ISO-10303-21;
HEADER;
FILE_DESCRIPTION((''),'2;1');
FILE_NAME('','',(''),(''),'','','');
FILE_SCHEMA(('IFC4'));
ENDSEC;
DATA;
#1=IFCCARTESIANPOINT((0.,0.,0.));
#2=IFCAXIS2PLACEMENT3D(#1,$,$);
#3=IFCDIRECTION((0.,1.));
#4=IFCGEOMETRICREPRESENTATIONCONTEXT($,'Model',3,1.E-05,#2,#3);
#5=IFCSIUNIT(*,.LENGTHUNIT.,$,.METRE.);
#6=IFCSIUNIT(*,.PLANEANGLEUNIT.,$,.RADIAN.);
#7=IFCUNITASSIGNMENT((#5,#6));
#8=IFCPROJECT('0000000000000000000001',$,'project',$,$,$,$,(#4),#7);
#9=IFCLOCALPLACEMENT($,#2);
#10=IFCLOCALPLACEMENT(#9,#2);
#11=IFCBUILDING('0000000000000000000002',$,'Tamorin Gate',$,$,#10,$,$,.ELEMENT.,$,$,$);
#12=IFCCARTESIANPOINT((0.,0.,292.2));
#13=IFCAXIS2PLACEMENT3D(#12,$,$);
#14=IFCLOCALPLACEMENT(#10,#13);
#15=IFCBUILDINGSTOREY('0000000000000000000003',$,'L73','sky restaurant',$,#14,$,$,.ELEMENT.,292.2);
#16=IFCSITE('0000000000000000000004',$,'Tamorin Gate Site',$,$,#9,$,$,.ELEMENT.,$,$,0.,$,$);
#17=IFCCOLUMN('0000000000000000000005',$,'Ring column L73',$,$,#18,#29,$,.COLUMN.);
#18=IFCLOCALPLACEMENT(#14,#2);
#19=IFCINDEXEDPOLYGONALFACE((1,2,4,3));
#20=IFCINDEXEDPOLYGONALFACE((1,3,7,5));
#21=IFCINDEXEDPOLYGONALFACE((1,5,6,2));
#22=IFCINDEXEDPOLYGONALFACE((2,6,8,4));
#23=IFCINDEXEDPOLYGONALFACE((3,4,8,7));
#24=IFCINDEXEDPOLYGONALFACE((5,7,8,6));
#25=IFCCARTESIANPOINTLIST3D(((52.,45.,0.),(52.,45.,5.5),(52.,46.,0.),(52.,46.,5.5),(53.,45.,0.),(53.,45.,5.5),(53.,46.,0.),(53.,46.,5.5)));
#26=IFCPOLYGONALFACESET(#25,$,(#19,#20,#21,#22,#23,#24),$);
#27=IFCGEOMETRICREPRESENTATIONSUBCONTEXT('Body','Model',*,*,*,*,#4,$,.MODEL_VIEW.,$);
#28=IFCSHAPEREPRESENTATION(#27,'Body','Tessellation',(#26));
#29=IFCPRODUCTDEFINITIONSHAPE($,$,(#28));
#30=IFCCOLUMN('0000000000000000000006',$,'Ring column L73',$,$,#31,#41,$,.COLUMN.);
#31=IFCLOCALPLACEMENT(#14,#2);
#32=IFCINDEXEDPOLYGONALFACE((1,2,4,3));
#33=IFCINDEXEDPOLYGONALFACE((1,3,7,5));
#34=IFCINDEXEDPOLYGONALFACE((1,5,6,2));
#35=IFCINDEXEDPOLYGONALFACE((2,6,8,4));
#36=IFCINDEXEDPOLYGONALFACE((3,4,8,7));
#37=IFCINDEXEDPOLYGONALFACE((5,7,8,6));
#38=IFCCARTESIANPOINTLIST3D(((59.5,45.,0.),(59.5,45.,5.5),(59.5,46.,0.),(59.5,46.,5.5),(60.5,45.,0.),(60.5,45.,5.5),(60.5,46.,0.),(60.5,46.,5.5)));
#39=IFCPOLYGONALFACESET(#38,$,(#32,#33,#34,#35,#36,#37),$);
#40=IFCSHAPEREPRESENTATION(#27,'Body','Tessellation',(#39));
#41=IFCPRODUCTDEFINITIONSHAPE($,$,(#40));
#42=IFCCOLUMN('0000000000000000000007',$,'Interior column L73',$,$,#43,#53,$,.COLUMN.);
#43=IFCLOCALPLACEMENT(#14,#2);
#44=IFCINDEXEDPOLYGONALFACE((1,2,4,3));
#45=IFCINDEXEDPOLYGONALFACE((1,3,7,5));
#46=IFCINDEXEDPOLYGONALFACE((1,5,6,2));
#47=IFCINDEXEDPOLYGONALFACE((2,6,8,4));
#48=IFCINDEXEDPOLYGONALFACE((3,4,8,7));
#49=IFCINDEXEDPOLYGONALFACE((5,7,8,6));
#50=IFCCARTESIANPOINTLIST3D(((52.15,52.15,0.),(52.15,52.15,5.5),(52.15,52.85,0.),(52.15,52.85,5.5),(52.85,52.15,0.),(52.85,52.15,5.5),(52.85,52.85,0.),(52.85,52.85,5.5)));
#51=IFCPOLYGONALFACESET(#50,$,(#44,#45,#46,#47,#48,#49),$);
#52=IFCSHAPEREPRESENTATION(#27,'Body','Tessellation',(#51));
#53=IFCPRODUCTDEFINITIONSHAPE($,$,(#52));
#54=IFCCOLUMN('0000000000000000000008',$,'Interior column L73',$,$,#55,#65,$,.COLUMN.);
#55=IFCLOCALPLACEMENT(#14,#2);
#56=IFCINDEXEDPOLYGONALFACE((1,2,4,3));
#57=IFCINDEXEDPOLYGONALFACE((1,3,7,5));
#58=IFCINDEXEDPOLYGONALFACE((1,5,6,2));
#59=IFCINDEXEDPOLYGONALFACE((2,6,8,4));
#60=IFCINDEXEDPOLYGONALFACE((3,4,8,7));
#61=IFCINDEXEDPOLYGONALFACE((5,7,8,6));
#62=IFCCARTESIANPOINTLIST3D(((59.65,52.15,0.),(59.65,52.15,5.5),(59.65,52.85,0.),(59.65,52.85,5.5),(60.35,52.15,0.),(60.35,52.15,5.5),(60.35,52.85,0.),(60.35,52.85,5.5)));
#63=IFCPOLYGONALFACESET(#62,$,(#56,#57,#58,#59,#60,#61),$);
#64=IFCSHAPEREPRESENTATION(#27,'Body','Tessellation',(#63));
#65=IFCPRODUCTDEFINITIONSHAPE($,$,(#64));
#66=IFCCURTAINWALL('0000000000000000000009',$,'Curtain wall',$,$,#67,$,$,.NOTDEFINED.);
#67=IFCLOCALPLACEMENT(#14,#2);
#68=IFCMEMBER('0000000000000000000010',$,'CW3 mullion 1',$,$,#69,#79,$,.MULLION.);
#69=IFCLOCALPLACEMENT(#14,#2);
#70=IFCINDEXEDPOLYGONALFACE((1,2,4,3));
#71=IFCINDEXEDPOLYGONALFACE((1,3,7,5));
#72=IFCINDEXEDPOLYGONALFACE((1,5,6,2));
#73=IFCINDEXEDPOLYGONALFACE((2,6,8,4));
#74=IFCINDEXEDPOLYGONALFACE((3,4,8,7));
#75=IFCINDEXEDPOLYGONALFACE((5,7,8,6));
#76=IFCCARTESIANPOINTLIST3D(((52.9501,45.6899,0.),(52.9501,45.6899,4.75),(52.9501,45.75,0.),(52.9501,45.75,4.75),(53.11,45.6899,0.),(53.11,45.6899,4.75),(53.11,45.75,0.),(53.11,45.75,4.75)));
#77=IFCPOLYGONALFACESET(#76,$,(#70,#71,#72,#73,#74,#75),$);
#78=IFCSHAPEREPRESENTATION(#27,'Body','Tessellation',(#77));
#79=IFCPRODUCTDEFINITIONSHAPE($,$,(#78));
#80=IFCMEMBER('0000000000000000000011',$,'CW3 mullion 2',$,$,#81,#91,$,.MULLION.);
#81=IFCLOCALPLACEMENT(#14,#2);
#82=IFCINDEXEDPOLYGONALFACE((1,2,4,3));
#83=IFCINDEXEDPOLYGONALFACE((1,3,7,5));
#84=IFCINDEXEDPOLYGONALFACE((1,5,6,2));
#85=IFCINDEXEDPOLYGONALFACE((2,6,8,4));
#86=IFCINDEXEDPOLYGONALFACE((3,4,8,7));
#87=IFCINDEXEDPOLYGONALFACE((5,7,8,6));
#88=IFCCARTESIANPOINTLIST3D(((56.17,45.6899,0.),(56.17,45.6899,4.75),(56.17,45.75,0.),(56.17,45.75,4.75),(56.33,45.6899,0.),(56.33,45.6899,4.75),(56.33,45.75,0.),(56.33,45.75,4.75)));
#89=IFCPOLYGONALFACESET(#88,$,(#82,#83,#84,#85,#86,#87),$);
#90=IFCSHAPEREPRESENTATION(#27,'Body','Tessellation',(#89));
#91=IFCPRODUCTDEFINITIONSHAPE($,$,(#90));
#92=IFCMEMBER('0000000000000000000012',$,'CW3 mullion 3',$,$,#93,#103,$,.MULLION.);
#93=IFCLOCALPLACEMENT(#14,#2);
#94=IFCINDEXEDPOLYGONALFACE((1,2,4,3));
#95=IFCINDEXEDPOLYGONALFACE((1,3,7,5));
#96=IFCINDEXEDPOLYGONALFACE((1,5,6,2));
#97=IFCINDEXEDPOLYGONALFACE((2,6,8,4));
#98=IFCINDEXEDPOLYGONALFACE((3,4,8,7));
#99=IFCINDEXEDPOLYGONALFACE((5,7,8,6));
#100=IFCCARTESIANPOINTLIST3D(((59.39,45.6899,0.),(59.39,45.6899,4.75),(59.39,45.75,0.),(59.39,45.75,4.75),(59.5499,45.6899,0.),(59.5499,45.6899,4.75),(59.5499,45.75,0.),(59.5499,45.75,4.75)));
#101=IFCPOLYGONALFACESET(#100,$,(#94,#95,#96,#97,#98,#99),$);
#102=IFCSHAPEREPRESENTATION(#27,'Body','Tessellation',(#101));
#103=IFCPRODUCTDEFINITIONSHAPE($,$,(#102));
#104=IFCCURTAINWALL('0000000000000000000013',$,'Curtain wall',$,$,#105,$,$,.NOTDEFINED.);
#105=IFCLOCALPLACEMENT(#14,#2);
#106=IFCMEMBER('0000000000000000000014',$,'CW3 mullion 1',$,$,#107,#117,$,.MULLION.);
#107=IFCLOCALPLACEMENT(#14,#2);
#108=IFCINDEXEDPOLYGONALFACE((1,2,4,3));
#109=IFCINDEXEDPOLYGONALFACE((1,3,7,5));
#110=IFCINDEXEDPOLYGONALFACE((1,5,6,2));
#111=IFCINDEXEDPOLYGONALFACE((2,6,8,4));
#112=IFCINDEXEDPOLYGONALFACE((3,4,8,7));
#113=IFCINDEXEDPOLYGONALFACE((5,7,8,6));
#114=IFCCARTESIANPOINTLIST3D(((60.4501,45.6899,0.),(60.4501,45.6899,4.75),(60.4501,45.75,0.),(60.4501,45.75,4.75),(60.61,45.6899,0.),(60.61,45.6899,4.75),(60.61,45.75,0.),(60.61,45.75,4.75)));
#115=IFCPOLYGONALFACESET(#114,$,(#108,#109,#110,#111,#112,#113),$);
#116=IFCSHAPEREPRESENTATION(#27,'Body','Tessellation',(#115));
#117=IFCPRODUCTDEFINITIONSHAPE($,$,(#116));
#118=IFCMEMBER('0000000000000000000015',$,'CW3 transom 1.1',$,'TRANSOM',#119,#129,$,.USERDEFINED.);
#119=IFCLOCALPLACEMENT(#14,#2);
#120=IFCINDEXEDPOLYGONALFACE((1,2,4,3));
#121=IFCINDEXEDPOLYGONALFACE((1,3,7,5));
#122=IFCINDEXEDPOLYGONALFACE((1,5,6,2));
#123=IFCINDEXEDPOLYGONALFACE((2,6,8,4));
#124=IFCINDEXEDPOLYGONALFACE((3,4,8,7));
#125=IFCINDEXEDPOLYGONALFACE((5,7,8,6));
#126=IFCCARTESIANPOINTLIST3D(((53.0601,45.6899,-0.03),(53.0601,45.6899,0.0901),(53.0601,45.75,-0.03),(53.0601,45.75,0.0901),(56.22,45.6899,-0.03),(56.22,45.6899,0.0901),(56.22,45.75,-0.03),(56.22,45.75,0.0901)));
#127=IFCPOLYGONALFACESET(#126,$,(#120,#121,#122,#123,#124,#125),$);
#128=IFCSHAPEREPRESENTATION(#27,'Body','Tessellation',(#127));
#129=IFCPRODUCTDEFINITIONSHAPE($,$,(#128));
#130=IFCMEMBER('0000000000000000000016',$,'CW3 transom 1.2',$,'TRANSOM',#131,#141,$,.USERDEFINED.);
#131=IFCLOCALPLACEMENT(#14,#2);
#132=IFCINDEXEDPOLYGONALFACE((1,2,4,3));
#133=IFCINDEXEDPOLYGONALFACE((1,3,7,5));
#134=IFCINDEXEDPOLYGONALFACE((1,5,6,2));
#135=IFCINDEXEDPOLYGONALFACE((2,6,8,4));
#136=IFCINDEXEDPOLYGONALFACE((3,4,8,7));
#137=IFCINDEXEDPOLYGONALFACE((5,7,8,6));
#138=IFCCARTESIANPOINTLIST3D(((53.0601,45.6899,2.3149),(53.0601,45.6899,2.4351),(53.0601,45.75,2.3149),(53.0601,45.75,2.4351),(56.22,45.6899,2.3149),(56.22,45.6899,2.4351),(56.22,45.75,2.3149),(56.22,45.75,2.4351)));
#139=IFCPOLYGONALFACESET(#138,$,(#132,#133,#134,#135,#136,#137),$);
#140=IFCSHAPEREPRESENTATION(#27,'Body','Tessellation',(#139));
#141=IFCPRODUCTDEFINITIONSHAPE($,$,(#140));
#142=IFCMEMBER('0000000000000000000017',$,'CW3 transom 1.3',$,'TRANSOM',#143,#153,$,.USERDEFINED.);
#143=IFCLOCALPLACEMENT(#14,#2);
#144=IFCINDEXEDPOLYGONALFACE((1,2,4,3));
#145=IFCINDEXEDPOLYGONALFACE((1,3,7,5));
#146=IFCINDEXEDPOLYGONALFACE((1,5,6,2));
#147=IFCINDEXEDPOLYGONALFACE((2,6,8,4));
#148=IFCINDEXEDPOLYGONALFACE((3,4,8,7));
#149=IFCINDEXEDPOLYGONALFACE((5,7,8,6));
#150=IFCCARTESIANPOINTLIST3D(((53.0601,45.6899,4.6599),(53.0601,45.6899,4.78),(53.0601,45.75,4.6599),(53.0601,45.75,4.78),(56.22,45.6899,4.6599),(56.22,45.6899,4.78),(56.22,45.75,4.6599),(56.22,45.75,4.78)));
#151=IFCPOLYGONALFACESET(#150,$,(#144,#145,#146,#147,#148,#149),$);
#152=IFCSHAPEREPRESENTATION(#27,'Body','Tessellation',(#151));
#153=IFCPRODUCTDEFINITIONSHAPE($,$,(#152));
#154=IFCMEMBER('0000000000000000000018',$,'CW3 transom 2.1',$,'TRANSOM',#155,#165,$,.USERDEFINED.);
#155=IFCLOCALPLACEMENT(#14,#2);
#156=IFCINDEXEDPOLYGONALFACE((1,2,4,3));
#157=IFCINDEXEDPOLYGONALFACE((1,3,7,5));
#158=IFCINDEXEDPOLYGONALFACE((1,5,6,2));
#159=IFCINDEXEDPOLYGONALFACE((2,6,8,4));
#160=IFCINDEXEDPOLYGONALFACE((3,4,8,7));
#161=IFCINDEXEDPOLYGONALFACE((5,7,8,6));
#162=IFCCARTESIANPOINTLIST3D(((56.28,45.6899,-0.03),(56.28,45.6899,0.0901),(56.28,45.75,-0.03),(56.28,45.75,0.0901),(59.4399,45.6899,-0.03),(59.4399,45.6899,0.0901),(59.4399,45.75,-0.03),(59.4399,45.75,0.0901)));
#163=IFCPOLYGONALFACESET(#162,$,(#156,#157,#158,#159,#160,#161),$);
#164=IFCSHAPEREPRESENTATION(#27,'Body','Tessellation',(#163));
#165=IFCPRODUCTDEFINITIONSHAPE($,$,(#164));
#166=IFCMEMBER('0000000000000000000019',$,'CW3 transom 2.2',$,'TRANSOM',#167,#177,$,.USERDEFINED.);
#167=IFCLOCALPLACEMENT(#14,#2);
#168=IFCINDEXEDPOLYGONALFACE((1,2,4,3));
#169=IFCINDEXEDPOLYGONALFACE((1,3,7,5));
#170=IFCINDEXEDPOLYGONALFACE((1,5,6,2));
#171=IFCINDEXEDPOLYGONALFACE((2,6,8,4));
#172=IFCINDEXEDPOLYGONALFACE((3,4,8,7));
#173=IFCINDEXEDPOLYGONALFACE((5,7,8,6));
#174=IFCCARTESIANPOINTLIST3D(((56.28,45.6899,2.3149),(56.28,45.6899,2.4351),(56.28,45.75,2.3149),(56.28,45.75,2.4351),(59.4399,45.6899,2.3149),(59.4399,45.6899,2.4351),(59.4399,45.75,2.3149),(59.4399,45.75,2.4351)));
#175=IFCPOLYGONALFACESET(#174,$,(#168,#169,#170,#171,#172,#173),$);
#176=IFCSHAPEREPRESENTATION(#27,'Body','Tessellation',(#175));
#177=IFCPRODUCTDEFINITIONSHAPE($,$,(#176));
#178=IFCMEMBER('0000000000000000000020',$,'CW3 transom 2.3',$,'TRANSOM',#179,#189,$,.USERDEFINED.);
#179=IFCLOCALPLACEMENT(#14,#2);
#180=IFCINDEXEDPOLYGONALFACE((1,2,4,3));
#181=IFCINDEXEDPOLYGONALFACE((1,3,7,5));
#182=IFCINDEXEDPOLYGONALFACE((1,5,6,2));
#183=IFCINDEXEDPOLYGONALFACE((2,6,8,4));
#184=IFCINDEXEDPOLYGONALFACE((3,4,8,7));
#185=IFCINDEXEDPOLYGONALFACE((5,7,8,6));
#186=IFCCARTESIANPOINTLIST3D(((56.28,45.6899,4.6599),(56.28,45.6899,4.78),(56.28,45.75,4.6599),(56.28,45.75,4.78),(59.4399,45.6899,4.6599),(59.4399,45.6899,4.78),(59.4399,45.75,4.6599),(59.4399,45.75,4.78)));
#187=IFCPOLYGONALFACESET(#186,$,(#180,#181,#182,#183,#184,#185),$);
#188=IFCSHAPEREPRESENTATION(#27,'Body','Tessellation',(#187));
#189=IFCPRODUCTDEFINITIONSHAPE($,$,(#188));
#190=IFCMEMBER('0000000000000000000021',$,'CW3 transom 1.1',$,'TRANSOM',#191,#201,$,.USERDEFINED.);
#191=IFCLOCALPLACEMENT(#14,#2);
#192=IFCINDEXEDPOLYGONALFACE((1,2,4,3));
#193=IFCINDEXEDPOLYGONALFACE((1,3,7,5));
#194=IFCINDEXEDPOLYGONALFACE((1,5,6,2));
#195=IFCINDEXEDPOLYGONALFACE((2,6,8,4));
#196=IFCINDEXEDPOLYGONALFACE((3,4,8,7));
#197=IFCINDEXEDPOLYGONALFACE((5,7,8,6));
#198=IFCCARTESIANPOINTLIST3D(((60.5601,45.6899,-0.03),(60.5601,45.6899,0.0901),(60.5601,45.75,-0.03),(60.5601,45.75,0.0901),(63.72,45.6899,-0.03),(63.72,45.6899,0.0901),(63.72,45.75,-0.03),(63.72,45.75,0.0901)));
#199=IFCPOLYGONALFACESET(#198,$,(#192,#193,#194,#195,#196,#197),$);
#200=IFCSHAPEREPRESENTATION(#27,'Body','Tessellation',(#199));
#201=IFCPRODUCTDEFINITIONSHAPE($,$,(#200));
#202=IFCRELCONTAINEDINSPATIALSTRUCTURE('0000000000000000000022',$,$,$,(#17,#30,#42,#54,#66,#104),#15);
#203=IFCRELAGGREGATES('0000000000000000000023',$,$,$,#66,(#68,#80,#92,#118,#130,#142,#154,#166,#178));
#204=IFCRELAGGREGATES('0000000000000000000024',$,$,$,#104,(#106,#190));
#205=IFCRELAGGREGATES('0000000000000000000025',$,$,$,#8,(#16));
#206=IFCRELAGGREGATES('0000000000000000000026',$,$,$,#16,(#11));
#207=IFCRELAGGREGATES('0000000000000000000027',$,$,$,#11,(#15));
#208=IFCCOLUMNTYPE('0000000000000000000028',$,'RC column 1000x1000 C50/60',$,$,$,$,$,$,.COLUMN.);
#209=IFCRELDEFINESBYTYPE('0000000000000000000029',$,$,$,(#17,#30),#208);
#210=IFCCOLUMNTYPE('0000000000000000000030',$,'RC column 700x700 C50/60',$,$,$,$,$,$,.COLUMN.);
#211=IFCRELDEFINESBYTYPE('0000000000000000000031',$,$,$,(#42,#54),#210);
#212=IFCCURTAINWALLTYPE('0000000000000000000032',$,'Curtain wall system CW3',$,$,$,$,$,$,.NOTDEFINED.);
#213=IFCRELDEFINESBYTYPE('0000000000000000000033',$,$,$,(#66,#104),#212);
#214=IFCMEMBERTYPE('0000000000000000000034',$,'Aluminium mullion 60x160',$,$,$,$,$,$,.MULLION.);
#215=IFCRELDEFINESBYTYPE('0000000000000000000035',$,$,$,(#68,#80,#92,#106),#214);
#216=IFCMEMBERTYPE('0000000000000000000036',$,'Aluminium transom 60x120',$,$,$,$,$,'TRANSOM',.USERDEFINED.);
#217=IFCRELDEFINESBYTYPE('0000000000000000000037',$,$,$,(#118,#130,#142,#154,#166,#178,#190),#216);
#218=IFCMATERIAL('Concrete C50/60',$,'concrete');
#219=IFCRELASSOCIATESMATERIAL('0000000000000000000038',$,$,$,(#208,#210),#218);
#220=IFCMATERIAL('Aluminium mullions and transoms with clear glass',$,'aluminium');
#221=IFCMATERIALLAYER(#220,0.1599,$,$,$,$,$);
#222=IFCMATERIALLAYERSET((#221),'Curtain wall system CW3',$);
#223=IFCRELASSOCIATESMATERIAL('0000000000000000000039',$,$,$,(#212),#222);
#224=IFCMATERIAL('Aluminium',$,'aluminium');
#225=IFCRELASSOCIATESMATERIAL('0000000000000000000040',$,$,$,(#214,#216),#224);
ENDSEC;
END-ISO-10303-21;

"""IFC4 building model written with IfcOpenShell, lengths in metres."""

from ifc_helpers import new_model, si_unit, direction, frame, origin, origin_2d, place, context, subcontext, project, spatial, rectangle, extrude, material, layer, layer_set, material_profile, profile_set, type_object, element, aggregate, save


model = new_model("IFC4")

# Units and contexts
model_context = context("Model", 3, precision=1e-05, world=origin(), true_north=direction((0.0, 1.0)))
body_context = subcontext(model_context, "Body", "Model", "MODEL_VIEW")
ifc_project = project(units=[si_unit("LENGTHUNIT", "METRE"), si_unit("PLANEANGLEUNIT", "RADIAN")], contexts=[model_context])

# Site, building, storey
site_placement = place(None, origin())
site = spatial("IfcSite", under=ifc_project, at=site_placement, Name="Tamorin Gate Site", CompositionType="ELEMENT", RefElevation=0.0)
building_placement = place(site_placement, origin())
building = spatial("IfcBuilding", under=site, at=building_placement, Name="Tamorin Gate", CompositionType="ELEMENT")
storey_placement = place(building_placement, frame((0.0, 0.0, 292.2)))
storey = spatial("IfcBuildingStorey", under=building, at=storey_placement, Name="L73", Description="sky restaurant", CompositionType="ELEMENT", Elevation=292.2)

# Columns
ifc_material_1 = material(Name="Concrete C50/60", Category="concrete")
ifc_material_profile_1 = material_profile(ifc_material_1, rectangle(XDim=1.0, YDim=1.0, at=origin_2d()), Name="RC 1000x1000")
ifc_profile_set_1 = profile_set([ifc_material_profile_1], Name="Concrete C50/60")
column_type_1 = type_object("IfcColumnType", Name="RC column 1000x1000 C50/60", PredefinedType="COLUMN", material=ifc_profile_set_1)
for number, where, z_axis, x_axis, name in (
    (1, (52.5, 45.5, 0.0), (0.0, 0.0, 1.0), (1.0, 0.0, 0.0), "Ring column L73"),
    (2, (60.0, 45.5, 0.0), (0.0, 0.0, 1.0), (1.0, 0.0, 0.0), "Ring column L73"),
):
    element("IfcColumn", number, at=place(storey_placement, frame(where, z_axis=z_axis, x_axis=x_axis)), inside=storey, type_object=column_type_1, Name=name, PredefinedType="COLUMN", context=body_context, shape_type="SweptSolid", body=[
        extrude(rectangle(XDim=1.0, YDim=1.0, at=origin_2d()), origin(), (0.0, 0.0, 1.0), 5.5),
    ])
ifc_material_profile_2 = material_profile(ifc_material_1, rectangle(XDim=0.7, YDim=0.7, at=origin_2d()), Name="RC 700x700")
ifc_profile_set_2 = profile_set([ifc_material_profile_2], Name="Concrete C50/60")
column_type_2 = type_object("IfcColumnType", Name="RC column 700x700 C50/60", PredefinedType="COLUMN", material=ifc_profile_set_2)
for number, where, z_axis, x_axis, name in (
    (3, (52.5, 52.5, 0.0), (0.0, 0.0, 1.0), (1.0, 0.0, 0.0), "Interior column L73"),
    (4, (60.0, 52.5, 0.0), (0.0, 0.0, 1.0), (1.0, 0.0, 0.0), "Interior column L73"),
):
    element("IfcColumn", number, at=place(storey_placement, frame(where, z_axis=z_axis, x_axis=x_axis)), inside=storey, type_object=column_type_2, Name=name, PredefinedType="COLUMN", context=body_context, shape_type="SweptSolid", body=[
        extrude(rectangle(XDim=0.7, YDim=0.7, at=origin_2d()), origin(), (0.0, 0.0, 1.0), 5.5),
    ])

# Curtain wall, members
ifc_material_2 = material(Name="Aluminium mullions and transoms with clear glass", Category="aluminium")
ifc_layer_1 = layer(ifc_material_2, 0.1599)
ifc_layer_set_1 = layer_set([ifc_layer_1], Name="Curtain wall system CW3")
curtain_wall_type = type_object("IfcCurtainWallType", Name="Curtain wall system CW3", PredefinedType="NOTDEFINED", material=ifc_layer_set_1)
curtain_wall_1_placement = place(storey_placement, origin())
curtain_wall_1 = element("IfcCurtainWall", 5, at=curtain_wall_1_placement, inside=storey, type_object=curtain_wall_type, Name="Curtain wall", PredefinedType="NOTDEFINED")
ifc_material_3 = material(Name="Aluminium", Category="aluminium")
ifc_material_profile_3 = material_profile(ifc_material_3, rectangle(XDim=0.0601, YDim=0.1599, at=origin_2d()), Name="RECT 60x160")
ifc_profile_set_3 = profile_set([ifc_material_profile_3], Name="Aluminium")
member_type_1 = type_object("IfcMemberType", Name="Aluminium mullion 60x160", PredefinedType="MULLION", material=ifc_profile_set_3)
member_1_placement = place(storey_placement, frame((53.03, 45.72, 0.0), z_axis=(0.0, 0.0, 1.0), x_axis=(0.0, 1.0, 0.0)))
member_1 = element("IfcMember", 6, at=member_1_placement, type_object=member_type_1, Name="CW3 mullion 1", PredefinedType="MULLION", context=body_context, shape_type="SweptSolid", body=[
    extrude(rectangle(XDim=0.0601, YDim=0.1599, at=origin_2d()), origin(), (0.0, 0.0, 1.0), 4.75),
])
member_2_placement = place(storey_placement, frame((56.25, 45.72, 0.0), z_axis=(0.0, 0.0, 1.0), x_axis=(0.0, 1.0, 0.0)))
member_2 = element("IfcMember", 7, at=member_2_placement, type_object=member_type_1, Name="CW3 mullion 2", PredefinedType="MULLION", context=body_context, shape_type="SweptSolid", body=[
    extrude(rectangle(XDim=0.0601, YDim=0.1599, at=origin_2d()), origin(), (0.0, 0.0, 1.0), 4.75),
])
member_3_placement = place(storey_placement, frame((59.47, 45.72, 0.0), z_axis=(0.0, 0.0, 1.0), x_axis=(0.0, 1.0, 0.0)))
member_3 = element("IfcMember", 8, at=member_3_placement, type_object=member_type_1, Name="CW3 mullion 3", PredefinedType="MULLION", context=body_context, shape_type="SweptSolid", body=[
    extrude(rectangle(XDim=0.0601, YDim=0.1599, at=origin_2d()), origin(), (0.0, 0.0, 1.0), 4.75),
])

# Curtain wall, member
curtain_wall_2_placement = place(storey_placement, origin())
curtain_wall_2 = element("IfcCurtainWall", 9, at=curtain_wall_2_placement, inside=storey, type_object=curtain_wall_type, Name="Curtain wall", PredefinedType="NOTDEFINED")
member_4_placement = place(storey_placement, frame((60.53, 45.72, 0.0), z_axis=(0.0, 0.0, 1.0), x_axis=(0.0, 1.0, 0.0)))
member_4 = element("IfcMember", 10, at=member_4_placement, type_object=member_type_1, Name="CW3 mullion 1", PredefinedType="MULLION", context=body_context, shape_type="SweptSolid", body=[
    extrude(rectangle(XDim=0.0601, YDim=0.1599, at=origin_2d()), origin(), (0.0, 0.0, 1.0), 4.75),
])

# Members
ifc_material_profile_4 = material_profile(ifc_material_3, rectangle(XDim=0.0601, YDim=0.1201, at=origin_2d()), Name="RECT 60x120")
ifc_profile_set_4 = profile_set([ifc_material_profile_4], Name="Aluminium")
member_type_2 = type_object("IfcMemberType", Name="Aluminium transom 60x120", ElementType="TRANSOM", PredefinedType="USERDEFINED", material=ifc_profile_set_4)
member_5_placement = place(storey_placement, frame((53.0601, 45.72, 0.03), z_axis=(1.0, 0.0, 0.0), x_axis=(0.0, 1.0, 0.0)))
member_5 = element("IfcMember", 11, at=member_5_placement, type_object=member_type_2, Name="CW3 transom 1.1", ObjectType="TRANSOM", PredefinedType="USERDEFINED", context=body_context, shape_type="SweptSolid", body=[
    extrude(rectangle(XDim=0.0601, YDim=0.1201, at=origin_2d()), origin(), (0.0, 0.0, 1.0), 3.1599),
])
member_6_placement = place(storey_placement, frame((53.0601, 45.72, 2.375), z_axis=(1.0, 0.0, 0.0), x_axis=(0.0, 1.0, 0.0)))
member_6 = element("IfcMember", 12, at=member_6_placement, type_object=member_type_2, Name="CW3 transom 1.2", ObjectType="TRANSOM", PredefinedType="USERDEFINED", context=body_context, shape_type="SweptSolid", body=[
    extrude(rectangle(XDim=0.0601, YDim=0.1201, at=origin_2d()), origin(), (0.0, 0.0, 1.0), 3.1599),
])
member_7_placement = place(storey_placement, frame((53.0601, 45.72, 4.72), z_axis=(1.0, 0.0, 0.0), x_axis=(0.0, 1.0, 0.0)))
member_7 = element("IfcMember", 13, at=member_7_placement, type_object=member_type_2, Name="CW3 transom 1.3", ObjectType="TRANSOM", PredefinedType="USERDEFINED", context=body_context, shape_type="SweptSolid", body=[
    extrude(rectangle(XDim=0.0601, YDim=0.1201, at=origin_2d()), origin(), (0.0, 0.0, 1.0), 3.1599),
])
member_8_placement = place(storey_placement, frame((56.28, 45.72, 0.03), z_axis=(1.0, 0.0, 0.0), x_axis=(0.0, 1.0, 0.0)))
member_8 = element("IfcMember", 14, at=member_8_placement, type_object=member_type_2, Name="CW3 transom 2.1", ObjectType="TRANSOM", PredefinedType="USERDEFINED", context=body_context, shape_type="SweptSolid", body=[
    extrude(rectangle(XDim=0.0601, YDim=0.1201, at=origin_2d()), origin(), (0.0, 0.0, 1.0), 3.1599),
])
member_9_placement = place(storey_placement, frame((56.28, 45.72, 2.375), z_axis=(1.0, 0.0, 0.0), x_axis=(0.0, 1.0, 0.0)))
member_9 = element("IfcMember", 15, at=member_9_placement, type_object=member_type_2, Name="CW3 transom 2.2", ObjectType="TRANSOM", PredefinedType="USERDEFINED", context=body_context, shape_type="SweptSolid", body=[
    extrude(rectangle(XDim=0.0601, YDim=0.1201, at=origin_2d()), origin(), (0.0, 0.0, 1.0), 3.1599),
])
member_10_placement = place(storey_placement, frame((56.28, 45.72, 4.72), z_axis=(1.0, 0.0, 0.0), x_axis=(0.0, 1.0, 0.0)))
member_10 = element("IfcMember", 16, at=member_10_placement, type_object=member_type_2, Name="CW3 transom 2.3", ObjectType="TRANSOM", PredefinedType="USERDEFINED", context=body_context, shape_type="SweptSolid", body=[
    extrude(rectangle(XDim=0.0601, YDim=0.1201, at=origin_2d()), origin(), (0.0, 0.0, 1.0), 3.1599),
])
member_11_placement = place(storey_placement, frame((60.5601, 45.72, 0.03), z_axis=(1.0, 0.0, 0.0), x_axis=(0.0, 1.0, 0.0)))
member_11 = element("IfcMember", 17, at=member_11_placement, type_object=member_type_2, Name="CW3 transom 1.1", ObjectType="TRANSOM", PredefinedType="USERDEFINED", context=body_context, shape_type="SweptSolid", body=[
    extrude(rectangle(XDim=0.0601, YDim=0.1201, at=origin_2d()), origin(), (0.0, 0.0, 1.0), 3.1599),
])

aggregate(curtain_wall_1, [member_1, member_2, member_3, member_5, member_6, member_7, member_8, member_9, member_10])
aggregate(curtain_wall_2, [member_4, member_11])

save(model, "model.ifc")
